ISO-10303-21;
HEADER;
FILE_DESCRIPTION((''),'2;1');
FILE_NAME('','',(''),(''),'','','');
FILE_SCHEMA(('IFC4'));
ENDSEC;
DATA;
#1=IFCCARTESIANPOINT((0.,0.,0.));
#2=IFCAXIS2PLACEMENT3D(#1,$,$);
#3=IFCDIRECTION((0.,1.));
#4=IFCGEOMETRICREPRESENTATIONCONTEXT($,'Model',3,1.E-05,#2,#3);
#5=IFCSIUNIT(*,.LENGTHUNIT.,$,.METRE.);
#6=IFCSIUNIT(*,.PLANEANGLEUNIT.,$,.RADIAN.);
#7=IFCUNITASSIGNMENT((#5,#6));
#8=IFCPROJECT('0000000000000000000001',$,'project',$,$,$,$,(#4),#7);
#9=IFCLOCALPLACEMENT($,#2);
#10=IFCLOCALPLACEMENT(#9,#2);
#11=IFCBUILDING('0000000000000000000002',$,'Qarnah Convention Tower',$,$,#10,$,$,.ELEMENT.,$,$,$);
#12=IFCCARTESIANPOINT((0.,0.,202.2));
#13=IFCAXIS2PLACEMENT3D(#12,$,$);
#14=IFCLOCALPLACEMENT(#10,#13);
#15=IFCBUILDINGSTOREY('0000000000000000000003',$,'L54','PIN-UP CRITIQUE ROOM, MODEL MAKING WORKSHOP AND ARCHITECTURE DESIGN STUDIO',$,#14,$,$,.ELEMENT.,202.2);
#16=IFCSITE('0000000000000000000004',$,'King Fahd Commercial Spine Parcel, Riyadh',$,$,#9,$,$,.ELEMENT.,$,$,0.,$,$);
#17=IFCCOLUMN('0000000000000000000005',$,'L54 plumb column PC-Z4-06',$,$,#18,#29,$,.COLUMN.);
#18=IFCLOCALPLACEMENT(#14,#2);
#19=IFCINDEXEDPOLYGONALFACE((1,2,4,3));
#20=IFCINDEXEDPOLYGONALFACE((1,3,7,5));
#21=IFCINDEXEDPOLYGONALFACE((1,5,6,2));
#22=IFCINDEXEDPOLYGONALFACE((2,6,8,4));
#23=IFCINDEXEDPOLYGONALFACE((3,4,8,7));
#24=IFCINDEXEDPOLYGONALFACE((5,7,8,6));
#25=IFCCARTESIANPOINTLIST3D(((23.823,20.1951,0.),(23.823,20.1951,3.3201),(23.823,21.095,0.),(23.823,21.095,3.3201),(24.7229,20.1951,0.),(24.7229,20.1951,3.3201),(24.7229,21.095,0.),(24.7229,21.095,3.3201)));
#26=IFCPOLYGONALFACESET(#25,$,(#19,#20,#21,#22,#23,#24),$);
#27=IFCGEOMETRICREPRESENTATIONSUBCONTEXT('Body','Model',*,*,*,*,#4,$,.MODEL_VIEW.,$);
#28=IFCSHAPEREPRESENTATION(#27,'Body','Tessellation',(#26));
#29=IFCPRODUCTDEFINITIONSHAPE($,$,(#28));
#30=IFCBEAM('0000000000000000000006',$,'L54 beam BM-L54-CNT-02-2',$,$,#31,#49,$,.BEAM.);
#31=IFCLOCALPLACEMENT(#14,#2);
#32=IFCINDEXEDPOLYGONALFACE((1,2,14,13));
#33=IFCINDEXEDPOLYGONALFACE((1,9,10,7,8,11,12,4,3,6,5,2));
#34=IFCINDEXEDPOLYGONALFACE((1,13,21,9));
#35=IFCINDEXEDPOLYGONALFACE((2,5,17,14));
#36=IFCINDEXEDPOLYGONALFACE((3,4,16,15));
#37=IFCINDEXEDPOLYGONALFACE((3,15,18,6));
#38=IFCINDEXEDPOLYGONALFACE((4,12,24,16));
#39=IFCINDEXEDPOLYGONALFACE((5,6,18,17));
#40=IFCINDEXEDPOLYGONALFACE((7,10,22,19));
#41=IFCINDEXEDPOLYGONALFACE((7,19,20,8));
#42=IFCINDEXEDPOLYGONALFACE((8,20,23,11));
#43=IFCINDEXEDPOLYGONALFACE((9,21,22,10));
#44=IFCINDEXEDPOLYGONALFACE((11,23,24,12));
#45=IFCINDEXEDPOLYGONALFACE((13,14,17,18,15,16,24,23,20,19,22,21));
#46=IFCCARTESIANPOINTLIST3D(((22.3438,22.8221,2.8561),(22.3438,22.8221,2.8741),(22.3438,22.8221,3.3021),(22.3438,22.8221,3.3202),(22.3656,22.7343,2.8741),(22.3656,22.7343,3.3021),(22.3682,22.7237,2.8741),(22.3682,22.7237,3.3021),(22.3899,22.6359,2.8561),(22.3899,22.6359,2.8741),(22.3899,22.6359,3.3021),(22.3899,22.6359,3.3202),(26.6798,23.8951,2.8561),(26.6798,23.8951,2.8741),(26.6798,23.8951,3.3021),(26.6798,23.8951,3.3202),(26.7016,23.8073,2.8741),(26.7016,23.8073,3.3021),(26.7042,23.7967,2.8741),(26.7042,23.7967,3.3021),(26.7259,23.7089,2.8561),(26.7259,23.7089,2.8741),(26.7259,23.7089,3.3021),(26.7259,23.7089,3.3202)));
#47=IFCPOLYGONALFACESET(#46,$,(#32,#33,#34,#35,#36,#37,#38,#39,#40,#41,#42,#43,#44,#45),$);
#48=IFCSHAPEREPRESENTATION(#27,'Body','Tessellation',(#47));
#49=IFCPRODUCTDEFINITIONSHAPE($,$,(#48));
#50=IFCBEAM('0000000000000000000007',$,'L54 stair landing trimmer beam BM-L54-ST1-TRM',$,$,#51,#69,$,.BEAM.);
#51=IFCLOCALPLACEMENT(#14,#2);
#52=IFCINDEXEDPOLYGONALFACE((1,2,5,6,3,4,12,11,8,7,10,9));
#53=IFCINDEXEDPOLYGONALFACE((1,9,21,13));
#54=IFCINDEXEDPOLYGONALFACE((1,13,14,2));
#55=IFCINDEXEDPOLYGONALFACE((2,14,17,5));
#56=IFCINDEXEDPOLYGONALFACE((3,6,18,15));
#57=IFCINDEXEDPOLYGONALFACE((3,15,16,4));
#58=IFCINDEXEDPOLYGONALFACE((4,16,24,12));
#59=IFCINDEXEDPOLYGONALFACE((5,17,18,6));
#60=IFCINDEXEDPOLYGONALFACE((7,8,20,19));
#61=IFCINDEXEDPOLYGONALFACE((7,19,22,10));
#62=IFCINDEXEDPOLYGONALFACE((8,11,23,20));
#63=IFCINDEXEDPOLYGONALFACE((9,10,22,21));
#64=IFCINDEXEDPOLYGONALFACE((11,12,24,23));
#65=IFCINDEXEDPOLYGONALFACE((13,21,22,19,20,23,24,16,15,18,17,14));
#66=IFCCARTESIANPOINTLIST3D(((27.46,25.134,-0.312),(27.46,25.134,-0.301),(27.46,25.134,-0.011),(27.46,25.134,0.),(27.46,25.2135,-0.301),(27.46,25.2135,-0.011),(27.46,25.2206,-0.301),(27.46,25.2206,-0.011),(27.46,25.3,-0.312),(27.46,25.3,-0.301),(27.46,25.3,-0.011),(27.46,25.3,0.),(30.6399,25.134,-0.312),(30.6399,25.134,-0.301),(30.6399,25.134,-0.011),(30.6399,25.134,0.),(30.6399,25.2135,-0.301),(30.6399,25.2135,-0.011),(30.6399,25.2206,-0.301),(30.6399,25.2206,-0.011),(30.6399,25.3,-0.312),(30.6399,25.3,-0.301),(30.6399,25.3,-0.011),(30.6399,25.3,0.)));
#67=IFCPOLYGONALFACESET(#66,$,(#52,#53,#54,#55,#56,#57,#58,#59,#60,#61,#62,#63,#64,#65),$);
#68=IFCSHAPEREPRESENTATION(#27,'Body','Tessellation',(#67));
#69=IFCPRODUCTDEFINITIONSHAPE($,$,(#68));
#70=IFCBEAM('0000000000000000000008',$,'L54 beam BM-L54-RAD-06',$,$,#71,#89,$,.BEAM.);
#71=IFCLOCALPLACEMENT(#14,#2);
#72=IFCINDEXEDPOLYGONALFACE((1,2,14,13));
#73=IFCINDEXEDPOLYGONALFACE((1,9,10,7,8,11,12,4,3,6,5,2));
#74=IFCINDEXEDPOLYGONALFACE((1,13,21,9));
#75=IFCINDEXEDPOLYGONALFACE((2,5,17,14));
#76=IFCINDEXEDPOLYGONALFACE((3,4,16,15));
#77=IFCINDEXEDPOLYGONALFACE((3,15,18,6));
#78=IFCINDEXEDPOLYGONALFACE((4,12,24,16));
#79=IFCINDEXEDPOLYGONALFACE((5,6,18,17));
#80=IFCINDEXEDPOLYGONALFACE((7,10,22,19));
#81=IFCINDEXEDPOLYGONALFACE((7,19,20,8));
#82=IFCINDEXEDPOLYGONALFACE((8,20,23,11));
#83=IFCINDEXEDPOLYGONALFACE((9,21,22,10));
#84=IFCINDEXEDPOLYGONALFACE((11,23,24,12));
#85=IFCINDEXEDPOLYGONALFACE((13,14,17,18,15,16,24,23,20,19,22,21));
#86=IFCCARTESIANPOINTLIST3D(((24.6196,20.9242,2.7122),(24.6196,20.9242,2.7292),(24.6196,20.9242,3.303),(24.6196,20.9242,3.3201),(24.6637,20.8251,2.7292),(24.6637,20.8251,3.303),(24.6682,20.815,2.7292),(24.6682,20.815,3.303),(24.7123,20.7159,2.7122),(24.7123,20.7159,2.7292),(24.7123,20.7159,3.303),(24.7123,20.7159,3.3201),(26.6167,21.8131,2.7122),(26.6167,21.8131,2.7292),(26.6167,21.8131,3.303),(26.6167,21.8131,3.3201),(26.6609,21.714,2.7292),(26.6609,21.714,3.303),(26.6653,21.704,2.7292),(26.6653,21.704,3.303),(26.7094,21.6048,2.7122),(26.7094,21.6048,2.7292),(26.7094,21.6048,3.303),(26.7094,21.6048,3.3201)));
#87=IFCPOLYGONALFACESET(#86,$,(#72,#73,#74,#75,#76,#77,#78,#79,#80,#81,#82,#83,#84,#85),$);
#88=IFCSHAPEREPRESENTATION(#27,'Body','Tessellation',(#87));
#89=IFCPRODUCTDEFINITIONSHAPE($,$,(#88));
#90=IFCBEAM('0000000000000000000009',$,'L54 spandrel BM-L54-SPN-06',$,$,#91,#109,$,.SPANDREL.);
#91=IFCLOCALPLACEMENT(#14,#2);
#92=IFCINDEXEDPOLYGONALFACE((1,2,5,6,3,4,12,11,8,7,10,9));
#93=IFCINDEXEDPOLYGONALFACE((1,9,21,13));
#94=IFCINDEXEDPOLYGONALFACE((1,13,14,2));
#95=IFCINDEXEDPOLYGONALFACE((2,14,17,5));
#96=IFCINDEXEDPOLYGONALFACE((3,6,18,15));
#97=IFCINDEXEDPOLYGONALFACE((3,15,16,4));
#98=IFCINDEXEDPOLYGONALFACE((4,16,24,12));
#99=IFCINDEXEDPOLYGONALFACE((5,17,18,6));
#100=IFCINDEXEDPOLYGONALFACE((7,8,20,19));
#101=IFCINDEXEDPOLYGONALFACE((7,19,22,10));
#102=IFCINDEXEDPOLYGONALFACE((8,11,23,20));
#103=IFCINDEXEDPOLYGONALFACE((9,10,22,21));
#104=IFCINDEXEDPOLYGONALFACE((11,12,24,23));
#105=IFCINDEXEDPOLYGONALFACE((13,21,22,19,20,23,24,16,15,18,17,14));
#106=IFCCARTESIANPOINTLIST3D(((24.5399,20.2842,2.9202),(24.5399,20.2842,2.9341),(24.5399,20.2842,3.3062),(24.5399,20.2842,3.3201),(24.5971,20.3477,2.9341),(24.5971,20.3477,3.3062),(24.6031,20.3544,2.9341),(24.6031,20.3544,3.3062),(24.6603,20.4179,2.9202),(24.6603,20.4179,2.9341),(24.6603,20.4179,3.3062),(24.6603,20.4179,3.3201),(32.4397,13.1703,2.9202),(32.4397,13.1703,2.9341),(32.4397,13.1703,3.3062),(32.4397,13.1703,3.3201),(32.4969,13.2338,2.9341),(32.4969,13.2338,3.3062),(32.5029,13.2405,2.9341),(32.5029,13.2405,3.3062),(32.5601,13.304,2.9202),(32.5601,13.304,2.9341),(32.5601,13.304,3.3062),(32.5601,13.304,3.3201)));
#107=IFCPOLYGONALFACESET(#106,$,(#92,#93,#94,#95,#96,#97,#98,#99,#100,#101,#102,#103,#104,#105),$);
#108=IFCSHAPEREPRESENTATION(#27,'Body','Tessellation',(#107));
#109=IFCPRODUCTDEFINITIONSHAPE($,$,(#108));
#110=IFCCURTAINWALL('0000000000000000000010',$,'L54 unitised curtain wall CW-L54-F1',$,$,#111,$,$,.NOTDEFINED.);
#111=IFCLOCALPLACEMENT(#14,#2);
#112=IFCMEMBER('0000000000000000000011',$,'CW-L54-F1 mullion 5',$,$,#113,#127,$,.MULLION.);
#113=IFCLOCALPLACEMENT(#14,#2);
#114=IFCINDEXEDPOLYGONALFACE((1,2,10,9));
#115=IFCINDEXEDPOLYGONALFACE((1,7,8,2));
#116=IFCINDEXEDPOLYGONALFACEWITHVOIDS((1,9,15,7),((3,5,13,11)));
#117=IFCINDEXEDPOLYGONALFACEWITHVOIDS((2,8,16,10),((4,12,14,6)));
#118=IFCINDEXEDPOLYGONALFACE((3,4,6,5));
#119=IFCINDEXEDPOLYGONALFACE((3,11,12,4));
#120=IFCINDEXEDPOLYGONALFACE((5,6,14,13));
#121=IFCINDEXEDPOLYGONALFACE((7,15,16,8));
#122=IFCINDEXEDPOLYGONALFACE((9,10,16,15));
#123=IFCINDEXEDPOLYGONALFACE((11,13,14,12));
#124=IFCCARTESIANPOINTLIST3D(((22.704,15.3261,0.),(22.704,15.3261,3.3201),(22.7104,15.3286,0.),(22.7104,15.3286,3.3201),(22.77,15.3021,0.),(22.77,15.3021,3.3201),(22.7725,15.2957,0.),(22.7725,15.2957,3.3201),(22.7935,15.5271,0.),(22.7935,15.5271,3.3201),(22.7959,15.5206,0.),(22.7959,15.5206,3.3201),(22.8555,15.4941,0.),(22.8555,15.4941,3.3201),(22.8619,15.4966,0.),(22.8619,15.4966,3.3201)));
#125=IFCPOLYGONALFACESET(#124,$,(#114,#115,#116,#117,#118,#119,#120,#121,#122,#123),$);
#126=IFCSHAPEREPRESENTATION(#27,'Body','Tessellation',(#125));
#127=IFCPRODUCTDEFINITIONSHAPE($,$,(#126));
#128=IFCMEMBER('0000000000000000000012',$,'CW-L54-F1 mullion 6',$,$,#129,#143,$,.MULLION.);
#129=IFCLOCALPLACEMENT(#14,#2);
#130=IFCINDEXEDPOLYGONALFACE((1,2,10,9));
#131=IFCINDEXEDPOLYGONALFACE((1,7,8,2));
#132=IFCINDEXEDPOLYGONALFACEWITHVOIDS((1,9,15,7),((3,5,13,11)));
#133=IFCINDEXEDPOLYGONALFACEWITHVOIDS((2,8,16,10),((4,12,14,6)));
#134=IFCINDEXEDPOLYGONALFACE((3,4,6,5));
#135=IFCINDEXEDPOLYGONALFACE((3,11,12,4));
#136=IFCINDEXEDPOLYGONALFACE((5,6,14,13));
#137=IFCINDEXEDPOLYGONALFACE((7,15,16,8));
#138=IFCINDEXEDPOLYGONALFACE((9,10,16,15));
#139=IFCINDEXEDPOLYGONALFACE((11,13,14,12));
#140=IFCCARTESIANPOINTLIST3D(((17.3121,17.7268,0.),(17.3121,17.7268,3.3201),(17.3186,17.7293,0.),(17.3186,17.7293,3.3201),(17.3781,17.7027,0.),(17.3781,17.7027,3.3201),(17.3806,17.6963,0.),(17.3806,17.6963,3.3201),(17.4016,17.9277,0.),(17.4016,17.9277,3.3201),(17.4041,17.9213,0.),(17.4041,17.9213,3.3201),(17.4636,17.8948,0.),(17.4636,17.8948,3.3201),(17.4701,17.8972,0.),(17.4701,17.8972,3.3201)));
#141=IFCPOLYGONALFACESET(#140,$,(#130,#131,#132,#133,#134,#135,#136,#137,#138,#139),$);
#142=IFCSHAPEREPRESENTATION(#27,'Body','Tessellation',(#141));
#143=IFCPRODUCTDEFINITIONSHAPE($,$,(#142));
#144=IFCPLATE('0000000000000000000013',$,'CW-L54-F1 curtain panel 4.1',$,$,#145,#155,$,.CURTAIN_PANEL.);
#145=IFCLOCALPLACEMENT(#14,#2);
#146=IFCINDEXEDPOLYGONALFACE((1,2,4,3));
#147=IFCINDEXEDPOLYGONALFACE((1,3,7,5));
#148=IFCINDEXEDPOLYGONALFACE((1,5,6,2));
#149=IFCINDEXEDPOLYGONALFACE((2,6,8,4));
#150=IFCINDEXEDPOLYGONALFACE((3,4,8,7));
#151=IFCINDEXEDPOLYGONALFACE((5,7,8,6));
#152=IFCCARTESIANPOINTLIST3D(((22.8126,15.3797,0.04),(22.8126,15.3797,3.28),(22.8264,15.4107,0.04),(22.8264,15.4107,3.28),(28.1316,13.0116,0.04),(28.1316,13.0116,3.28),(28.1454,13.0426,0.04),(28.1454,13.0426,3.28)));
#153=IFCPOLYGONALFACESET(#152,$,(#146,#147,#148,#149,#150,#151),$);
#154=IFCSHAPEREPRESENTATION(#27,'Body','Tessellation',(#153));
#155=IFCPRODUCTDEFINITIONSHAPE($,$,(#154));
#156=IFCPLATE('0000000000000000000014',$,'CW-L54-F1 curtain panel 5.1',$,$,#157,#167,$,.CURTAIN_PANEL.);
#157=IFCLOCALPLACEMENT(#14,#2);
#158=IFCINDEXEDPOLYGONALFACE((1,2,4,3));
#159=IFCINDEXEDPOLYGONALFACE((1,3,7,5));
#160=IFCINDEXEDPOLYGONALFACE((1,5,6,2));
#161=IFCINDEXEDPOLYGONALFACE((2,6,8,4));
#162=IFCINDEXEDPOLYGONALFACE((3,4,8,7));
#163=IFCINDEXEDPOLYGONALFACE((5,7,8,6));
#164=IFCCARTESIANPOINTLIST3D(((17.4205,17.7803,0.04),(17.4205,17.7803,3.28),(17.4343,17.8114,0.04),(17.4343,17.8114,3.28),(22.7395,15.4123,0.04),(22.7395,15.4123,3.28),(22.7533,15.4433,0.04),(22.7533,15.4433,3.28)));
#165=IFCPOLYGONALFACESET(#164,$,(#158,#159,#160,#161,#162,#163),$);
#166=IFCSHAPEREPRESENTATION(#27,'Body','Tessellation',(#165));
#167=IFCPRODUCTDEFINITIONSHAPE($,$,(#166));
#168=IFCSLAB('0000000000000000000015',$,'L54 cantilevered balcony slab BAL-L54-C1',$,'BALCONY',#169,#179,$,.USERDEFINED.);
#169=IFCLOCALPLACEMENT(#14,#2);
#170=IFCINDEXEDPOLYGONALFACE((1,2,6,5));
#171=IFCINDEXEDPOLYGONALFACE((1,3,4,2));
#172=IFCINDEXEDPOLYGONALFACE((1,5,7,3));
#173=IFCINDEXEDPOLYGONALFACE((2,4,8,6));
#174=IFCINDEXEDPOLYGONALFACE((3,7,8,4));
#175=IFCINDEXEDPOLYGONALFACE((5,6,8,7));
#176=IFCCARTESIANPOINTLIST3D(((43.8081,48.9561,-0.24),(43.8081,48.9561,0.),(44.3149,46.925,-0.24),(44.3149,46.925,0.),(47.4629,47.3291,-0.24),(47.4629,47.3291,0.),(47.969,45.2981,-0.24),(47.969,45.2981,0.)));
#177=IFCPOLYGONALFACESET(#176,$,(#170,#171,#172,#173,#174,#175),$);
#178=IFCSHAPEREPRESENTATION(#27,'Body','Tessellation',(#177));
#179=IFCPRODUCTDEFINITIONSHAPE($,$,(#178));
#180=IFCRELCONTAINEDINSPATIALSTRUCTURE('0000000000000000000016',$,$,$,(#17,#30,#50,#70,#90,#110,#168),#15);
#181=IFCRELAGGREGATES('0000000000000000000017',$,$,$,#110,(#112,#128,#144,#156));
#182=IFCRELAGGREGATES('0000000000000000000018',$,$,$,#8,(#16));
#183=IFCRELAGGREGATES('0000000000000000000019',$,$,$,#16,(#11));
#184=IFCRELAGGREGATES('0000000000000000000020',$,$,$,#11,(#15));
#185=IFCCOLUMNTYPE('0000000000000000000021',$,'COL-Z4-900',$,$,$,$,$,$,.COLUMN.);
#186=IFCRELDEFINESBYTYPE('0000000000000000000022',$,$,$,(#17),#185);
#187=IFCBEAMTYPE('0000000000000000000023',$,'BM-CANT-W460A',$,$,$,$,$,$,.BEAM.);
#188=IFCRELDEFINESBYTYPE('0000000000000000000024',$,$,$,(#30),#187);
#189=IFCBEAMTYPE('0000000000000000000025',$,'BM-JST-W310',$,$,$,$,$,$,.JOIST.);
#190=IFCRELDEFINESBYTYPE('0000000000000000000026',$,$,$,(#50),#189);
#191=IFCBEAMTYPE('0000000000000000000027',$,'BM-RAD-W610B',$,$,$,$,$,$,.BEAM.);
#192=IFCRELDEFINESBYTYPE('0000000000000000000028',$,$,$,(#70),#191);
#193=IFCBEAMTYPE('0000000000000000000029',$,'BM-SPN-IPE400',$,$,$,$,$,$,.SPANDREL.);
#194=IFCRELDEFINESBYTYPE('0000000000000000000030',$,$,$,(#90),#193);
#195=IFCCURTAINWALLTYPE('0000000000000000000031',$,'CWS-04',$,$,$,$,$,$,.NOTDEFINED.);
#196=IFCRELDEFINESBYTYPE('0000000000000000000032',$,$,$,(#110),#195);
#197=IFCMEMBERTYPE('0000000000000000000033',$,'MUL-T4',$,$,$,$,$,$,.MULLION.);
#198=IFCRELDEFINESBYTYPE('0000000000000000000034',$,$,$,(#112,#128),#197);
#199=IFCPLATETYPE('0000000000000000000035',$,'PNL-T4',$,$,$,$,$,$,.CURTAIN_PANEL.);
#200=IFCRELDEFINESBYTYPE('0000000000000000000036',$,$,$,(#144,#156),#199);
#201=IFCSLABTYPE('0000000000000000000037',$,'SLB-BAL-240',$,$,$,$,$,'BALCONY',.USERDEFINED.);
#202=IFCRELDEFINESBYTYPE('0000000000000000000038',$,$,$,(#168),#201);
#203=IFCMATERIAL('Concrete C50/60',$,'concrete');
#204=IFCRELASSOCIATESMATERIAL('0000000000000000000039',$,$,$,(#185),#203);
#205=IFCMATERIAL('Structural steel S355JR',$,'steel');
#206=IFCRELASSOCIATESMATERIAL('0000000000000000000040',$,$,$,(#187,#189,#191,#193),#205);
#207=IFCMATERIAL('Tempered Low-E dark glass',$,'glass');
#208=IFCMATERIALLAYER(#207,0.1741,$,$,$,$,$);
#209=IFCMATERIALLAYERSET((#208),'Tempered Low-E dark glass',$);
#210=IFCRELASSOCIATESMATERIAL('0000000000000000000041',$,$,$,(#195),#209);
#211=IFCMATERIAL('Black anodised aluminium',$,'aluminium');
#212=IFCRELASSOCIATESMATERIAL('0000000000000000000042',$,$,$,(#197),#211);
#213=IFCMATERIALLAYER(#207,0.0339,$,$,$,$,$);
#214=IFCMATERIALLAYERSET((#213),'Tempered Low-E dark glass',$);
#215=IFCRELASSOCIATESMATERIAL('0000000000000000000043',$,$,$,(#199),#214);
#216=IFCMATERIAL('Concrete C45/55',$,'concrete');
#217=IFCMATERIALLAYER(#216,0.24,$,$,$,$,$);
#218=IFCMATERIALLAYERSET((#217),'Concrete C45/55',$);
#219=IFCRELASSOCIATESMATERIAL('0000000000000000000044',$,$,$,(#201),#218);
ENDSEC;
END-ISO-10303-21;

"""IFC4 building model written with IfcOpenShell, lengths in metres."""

from ifc_helpers import new_model, si_unit, direction, frame, origin, origin_2d, place, context, subcontext, project, spatial, polyline, rectangle, hollow_rectangle, i_section, outline, extrude, material, layer, layer_set, material_profile, profile_set, type_object, element, aggregate, save


model = new_model("IFC4")

# Units and contexts
model_context = context("Model", 3, precision=1e-05, world=origin(), true_north=direction((0.0, 1.0)))
body_context = subcontext(model_context, "Body", "Model", "MODEL_VIEW")
ifc_project = project(units=[si_unit("LENGTHUNIT", "METRE"), si_unit("PLANEANGLEUNIT", "RADIAN")], contexts=[model_context])

# Site, building, storey
site_placement = place(None, origin())
site = spatial("IfcSite", under=ifc_project, at=site_placement, Name="King Fahd Commercial Spine Parcel, Riyadh", CompositionType="ELEMENT", RefElevation=0.0)
building_placement = place(site_placement, origin())
building = spatial("IfcBuilding", under=site, at=building_placement, Name="Qarnah Convention Tower", CompositionType="ELEMENT")
storey_placement = place(building_placement, frame((0.0, 0.0, 202.2)))
storey = spatial("IfcBuildingStorey", under=building, at=storey_placement, Name="L54", Description="PIN-UP CRITIQUE ROOM, MODEL MAKING WORKSHOP AND ARCHITECTURE DESIGN STUDIO", CompositionType="ELEMENT", Elevation=202.2)

# Column
ifc_material_1 = material(Name="Concrete C50/60", Category="concrete")
ifc_material_profile_1 = material_profile(ifc_material_1, rectangle(XDim=0.8999, YDim=0.8999, at=origin_2d()), Name="RC-COL-900X900")
ifc_profile_set_1 = profile_set([ifc_material_profile_1], Name="Concrete C50/60")
column_type = type_object("IfcColumnType", Name="COL-Z4-900", PredefinedType="COLUMN", material=ifc_profile_set_1)
column_placement = place(storey_placement, frame((24.2729, 20.645, 0.0), z_axis=(0.0, 0.0, 1.0), x_axis=(1.0, 0.0, 0.0)))
element("IfcColumn", 1, at=column_placement, inside=storey, type_object=column_type, Name="L54 plumb column PC-Z4-06", PredefinedType="COLUMN", context=body_context, shape_type="SweptSolid", body=[
    extrude(rectangle(XDim=0.8999, YDim=0.8999, at=origin_2d()), origin(), (0.0, 0.0, 1.0), 3.3201),
])

# Beams
ifc_material_2 = material(Name="Structural steel S355JR", Category="steel")
ifc_material_profile_2 = material_profile(ifc_material_2, i_section(OverallWidth=0.1919, OverallDepth=0.4641, WebThickness=0.011, FlangeThickness=0.0181, at=origin_2d()), Name="W460X89")
ifc_profile_set_2 = profile_set([ifc_material_profile_2], Name="Structural steel S355JR")
beam_type_1 = type_object("IfcBeamType", Name="BM-CANT-W460A", PredefinedType="BEAM", material=ifc_profile_set_2)
beam_1_placement = place(storey_placement, frame((26.7029, 23.802, 3.0881), z_axis=(-0.970718, -0.24022, 0.0), x_axis=(0.24022, -0.970718, 0.0)))
element("IfcBeam", 2, at=beam_1_placement, inside=storey, type_object=beam_type_1, Name="L54 beam BM-L54-CNT-02-2", PredefinedType="BEAM", context=body_context, shape_type="SweptSolid", body=[
    extrude(i_section(OverallWidth=0.1919, OverallDepth=0.4641, WebThickness=0.011, FlangeThickness=0.0181, at=origin_2d()), origin(), (0.0, 0.0, 1.0), 4.4668),
])
ifc_material_profile_3 = material_profile(ifc_material_2, i_section(OverallWidth=0.166, OverallDepth=0.312, WebThickness=0.0071, FlangeThickness=0.011, at=origin_2d()), Name="W310X45")
ifc_profile_set_3 = profile_set([ifc_material_profile_3], Name="Structural steel S355JR")
beam_type_2 = type_object("IfcBeamType", Name="BM-JST-W310", PredefinedType="JOIST", material=ifc_profile_set_3)
beam_2_placement = place(storey_placement, frame((27.46, 25.217, -0.156), z_axis=(1.0, 0.0, 0.0), x_axis=(0.0, 1.0, 0.0)))
element("IfcBeam", 3, at=beam_2_placement, inside=storey, type_object=beam_type_2, Name="L54 stair landing trimmer beam BM-L54-ST1-TRM", PredefinedType="BEAM", context=body_context, shape_type="SweptSolid", body=[
    extrude(i_section(OverallWidth=0.166, OverallDepth=0.312, WebThickness=0.0071, FlangeThickness=0.011, at=origin_2d()), origin(), (0.0, 0.0, 1.0), 3.1799),
])
ifc_material_profile_4 = material_profile(ifc_material_2, i_section(OverallWidth=0.228, OverallDepth=0.6079, WebThickness=0.011, FlangeThickness=0.0171, at=origin_2d()), Name="W610X113")
ifc_profile_set_4 = profile_set([ifc_material_profile_4], Name="Structural steel S355JR")
beam_type_3 = type_object("IfcBeamType", Name="BM-RAD-W610B", PredefinedType="BEAM", material=ifc_profile_set_4)
beam_3_placement = place(storey_placement, frame((26.6631, 21.709, 3.0161), z_axis=(-0.913586, -0.406646, 0.0), x_axis=(0.406646, -0.913586, 0.0)))
element("IfcBeam", 4, at=beam_3_placement, inside=storey, type_object=beam_type_3, Name="L54 beam BM-L54-RAD-06", PredefinedType="BEAM", context=body_context, shape_type="SweptSolid", body=[
    extrude(i_section(OverallWidth=0.228, OverallDepth=0.6079, WebThickness=0.011, FlangeThickness=0.0171, at=origin_2d()), origin(), (0.0, 0.0, 1.0), 2.186),
])
ifc_material_profile_5 = material_profile(ifc_material_2, i_section(OverallWidth=0.1799, OverallDepth=0.3999, WebThickness=0.009, FlangeThickness=0.0139, at=origin_2d()), Name="IPE400")
ifc_profile_set_5 = profile_set([ifc_material_profile_5], Name="Structural steel S355JR")
beam_type_4 = type_object("IfcBeamType", Name="BM-SPN-IPE400", PredefinedType="SPANDREL", material=ifc_profile_set_5)
beam_4_placement = place(storey_placement, frame((24.6001, 20.3511, 3.1201), z_axis=(0.743102, -0.669178, 0.0), x_axis=(0.669178, 0.743102, 0.0)))
element("IfcBeam", 5, at=beam_4_placement, inside=storey, type_object=beam_type_4, Name="L54 spandrel BM-L54-SPN-06", PredefinedType="SPANDREL", context=body_context, shape_type="SweptSolid", body=[
    extrude(i_section(OverallWidth=0.1799, OverallDepth=0.3999, WebThickness=0.009, FlangeThickness=0.0139, at=origin_2d()), origin(), (0.0, 0.0, 1.0), 10.6309),
])

# Curtain wall, members, plates
ifc_material_3 = material(Name="Tempered Low-E dark glass", Category="glass")
ifc_layer_1 = layer(ifc_material_3, 0.1741)
ifc_layer_set_1 = layer_set([ifc_layer_1], Name="Tempered Low-E dark glass")
curtain_wall_type = type_object("IfcCurtainWallType", Name="CWS-04", PredefinedType="NOTDEFINED", material=ifc_layer_set_1)
curtain_wall_placement = place(storey_placement, origin())
curtain_wall = element("IfcCurtainWall", 6, at=curtain_wall_placement, inside=storey, type_object=curtain_wall_type, Name="L54 unitised curtain wall CW-L54-F1", PredefinedType="NOTDEFINED")
ifc_material_4 = material(Name="Black anodised aluminium", Category="aluminium")
ifc_material_profile_6 = material_profile(ifc_material_4, hollow_rectangle(XDim=0.075, YDim=0.22, WallThickness=0.0049, at=origin_2d()), Name="MUL-75X220")
ifc_profile_set_6 = profile_set([ifc_material_profile_6], Name="Black anodised aluminium")
member_type = type_object("IfcMemberType", Name="MUL-T4", PredefinedType="MULLION", material=ifc_profile_set_6)
member_1_placement = place(storey_placement, frame((22.783, 15.4114, 0.0), z_axis=(0.0, 0.0, 1.0), x_axis=(-0.91355, 0.406726, 0.0)))
member_1 = element("IfcMember", 7, at=member_1_placement, type_object=member_type, Name="CW-L54-F1 mullion 5", PredefinedType="MULLION", context=body_context, shape_type="SweptSolid", body=[
    extrude(hollow_rectangle(XDim=0.075, YDim=0.22, WallThickness=0.0049, at=origin_2d()), origin(), (0.0, 0.0, 1.0), 3.3201),
])
member_2_placement = place(storey_placement, frame((17.3911, 17.812, 0.0), z_axis=(0.0, 0.0, 1.0), x_axis=(-0.91355, 0.406726, 0.0)))
member_2 = element("IfcMember", 8, at=member_2_placement, type_object=member_type, Name="CW-L54-F1 mullion 6", PredefinedType="MULLION", context=body_context, shape_type="SweptSolid", body=[
    extrude(hollow_rectangle(XDim=0.075, YDim=0.22, WallThickness=0.0049, at=origin_2d()), origin(), (0.0, 0.0, 1.0), 3.3201),
])
ifc_layer_2 = layer(ifc_material_3, 0.0339)
ifc_layer_set_2 = layer_set([ifc_layer_2], Name="Tempered Low-E dark glass")
plate_type = type_object("IfcPlateType", Name="PNL-T4", PredefinedType="CURTAIN_PANEL", material=ifc_layer_set_2)
plate_1_placement = place(storey_placement, frame((25.479, 14.2112, 0.04), z_axis=(0.0, 0.0, 1.0), x_axis=(-0.91355, 0.406726, 0.0)))
plate_1 = element("IfcPlate", 9, at=plate_1_placement, type_object=plate_type, Name="CW-L54-F1 curtain panel 4.1", PredefinedType="CURTAIN_PANEL", context=body_context, shape_type="SweptSolid", body=[
    extrude(rectangle(XDim=5.8223, YDim=0.0339, at=origin_2d()), origin(), (0.0, 0.0, 1.0), 3.24),
])
plate_2_placement = place(storey_placement, frame((20.0869, 16.6118, 0.04), z_axis=(0.0, 0.0, 1.0), x_axis=(-0.91355, 0.406726, 0.0)))
plate_2 = element("IfcPlate", 10, at=plate_2_placement, type_object=plate_type, Name="CW-L54-F1 curtain panel 5.1", PredefinedType="CURTAIN_PANEL", context=body_context, shape_type="SweptSolid", body=[
    extrude(rectangle(XDim=5.8223, YDim=0.0339, at=origin_2d()), origin(), (0.0, 0.0, 1.0), 3.24),
])
aggregate(curtain_wall, [member_1, member_2, plate_1, plate_2])

# Slab
ifc_material_5 = material(Name="Concrete C45/55", Category="concrete")
ifc_layer_3 = layer(ifc_material_5, 0.24)
ifc_layer_set_3 = layer_set([ifc_layer_3], Name="Concrete C45/55")
slab_type_1 = type_object("IfcSlabType", Name="SLB-BAL-240", ElementType="BALCONY", PredefinedType="USERDEFINED", material=ifc_layer_set_3)
slab_1_placement = place(storey_placement, frame((0.0, 0.0, -0.24)))
element("IfcSlab", 11, at=slab_1_placement, inside=storey, type_object=slab_type_1, Name="L54 cantilevered balcony slab BAL-L54-C1", ObjectType="BALCONY", PredefinedType="USERDEFINED", context=body_context, shape_type="SweptSolid", body=[
    extrude(outline(polyline([(43.8081, 48.9561), (47.4629, 47.3291), (47.969, 45.2981), (44.3149, 46.925), (43.8081, 48.9561)])), origin(), (0.0, 0.0, 1.0), 0.24),
])

save(model, "model.ifc")
